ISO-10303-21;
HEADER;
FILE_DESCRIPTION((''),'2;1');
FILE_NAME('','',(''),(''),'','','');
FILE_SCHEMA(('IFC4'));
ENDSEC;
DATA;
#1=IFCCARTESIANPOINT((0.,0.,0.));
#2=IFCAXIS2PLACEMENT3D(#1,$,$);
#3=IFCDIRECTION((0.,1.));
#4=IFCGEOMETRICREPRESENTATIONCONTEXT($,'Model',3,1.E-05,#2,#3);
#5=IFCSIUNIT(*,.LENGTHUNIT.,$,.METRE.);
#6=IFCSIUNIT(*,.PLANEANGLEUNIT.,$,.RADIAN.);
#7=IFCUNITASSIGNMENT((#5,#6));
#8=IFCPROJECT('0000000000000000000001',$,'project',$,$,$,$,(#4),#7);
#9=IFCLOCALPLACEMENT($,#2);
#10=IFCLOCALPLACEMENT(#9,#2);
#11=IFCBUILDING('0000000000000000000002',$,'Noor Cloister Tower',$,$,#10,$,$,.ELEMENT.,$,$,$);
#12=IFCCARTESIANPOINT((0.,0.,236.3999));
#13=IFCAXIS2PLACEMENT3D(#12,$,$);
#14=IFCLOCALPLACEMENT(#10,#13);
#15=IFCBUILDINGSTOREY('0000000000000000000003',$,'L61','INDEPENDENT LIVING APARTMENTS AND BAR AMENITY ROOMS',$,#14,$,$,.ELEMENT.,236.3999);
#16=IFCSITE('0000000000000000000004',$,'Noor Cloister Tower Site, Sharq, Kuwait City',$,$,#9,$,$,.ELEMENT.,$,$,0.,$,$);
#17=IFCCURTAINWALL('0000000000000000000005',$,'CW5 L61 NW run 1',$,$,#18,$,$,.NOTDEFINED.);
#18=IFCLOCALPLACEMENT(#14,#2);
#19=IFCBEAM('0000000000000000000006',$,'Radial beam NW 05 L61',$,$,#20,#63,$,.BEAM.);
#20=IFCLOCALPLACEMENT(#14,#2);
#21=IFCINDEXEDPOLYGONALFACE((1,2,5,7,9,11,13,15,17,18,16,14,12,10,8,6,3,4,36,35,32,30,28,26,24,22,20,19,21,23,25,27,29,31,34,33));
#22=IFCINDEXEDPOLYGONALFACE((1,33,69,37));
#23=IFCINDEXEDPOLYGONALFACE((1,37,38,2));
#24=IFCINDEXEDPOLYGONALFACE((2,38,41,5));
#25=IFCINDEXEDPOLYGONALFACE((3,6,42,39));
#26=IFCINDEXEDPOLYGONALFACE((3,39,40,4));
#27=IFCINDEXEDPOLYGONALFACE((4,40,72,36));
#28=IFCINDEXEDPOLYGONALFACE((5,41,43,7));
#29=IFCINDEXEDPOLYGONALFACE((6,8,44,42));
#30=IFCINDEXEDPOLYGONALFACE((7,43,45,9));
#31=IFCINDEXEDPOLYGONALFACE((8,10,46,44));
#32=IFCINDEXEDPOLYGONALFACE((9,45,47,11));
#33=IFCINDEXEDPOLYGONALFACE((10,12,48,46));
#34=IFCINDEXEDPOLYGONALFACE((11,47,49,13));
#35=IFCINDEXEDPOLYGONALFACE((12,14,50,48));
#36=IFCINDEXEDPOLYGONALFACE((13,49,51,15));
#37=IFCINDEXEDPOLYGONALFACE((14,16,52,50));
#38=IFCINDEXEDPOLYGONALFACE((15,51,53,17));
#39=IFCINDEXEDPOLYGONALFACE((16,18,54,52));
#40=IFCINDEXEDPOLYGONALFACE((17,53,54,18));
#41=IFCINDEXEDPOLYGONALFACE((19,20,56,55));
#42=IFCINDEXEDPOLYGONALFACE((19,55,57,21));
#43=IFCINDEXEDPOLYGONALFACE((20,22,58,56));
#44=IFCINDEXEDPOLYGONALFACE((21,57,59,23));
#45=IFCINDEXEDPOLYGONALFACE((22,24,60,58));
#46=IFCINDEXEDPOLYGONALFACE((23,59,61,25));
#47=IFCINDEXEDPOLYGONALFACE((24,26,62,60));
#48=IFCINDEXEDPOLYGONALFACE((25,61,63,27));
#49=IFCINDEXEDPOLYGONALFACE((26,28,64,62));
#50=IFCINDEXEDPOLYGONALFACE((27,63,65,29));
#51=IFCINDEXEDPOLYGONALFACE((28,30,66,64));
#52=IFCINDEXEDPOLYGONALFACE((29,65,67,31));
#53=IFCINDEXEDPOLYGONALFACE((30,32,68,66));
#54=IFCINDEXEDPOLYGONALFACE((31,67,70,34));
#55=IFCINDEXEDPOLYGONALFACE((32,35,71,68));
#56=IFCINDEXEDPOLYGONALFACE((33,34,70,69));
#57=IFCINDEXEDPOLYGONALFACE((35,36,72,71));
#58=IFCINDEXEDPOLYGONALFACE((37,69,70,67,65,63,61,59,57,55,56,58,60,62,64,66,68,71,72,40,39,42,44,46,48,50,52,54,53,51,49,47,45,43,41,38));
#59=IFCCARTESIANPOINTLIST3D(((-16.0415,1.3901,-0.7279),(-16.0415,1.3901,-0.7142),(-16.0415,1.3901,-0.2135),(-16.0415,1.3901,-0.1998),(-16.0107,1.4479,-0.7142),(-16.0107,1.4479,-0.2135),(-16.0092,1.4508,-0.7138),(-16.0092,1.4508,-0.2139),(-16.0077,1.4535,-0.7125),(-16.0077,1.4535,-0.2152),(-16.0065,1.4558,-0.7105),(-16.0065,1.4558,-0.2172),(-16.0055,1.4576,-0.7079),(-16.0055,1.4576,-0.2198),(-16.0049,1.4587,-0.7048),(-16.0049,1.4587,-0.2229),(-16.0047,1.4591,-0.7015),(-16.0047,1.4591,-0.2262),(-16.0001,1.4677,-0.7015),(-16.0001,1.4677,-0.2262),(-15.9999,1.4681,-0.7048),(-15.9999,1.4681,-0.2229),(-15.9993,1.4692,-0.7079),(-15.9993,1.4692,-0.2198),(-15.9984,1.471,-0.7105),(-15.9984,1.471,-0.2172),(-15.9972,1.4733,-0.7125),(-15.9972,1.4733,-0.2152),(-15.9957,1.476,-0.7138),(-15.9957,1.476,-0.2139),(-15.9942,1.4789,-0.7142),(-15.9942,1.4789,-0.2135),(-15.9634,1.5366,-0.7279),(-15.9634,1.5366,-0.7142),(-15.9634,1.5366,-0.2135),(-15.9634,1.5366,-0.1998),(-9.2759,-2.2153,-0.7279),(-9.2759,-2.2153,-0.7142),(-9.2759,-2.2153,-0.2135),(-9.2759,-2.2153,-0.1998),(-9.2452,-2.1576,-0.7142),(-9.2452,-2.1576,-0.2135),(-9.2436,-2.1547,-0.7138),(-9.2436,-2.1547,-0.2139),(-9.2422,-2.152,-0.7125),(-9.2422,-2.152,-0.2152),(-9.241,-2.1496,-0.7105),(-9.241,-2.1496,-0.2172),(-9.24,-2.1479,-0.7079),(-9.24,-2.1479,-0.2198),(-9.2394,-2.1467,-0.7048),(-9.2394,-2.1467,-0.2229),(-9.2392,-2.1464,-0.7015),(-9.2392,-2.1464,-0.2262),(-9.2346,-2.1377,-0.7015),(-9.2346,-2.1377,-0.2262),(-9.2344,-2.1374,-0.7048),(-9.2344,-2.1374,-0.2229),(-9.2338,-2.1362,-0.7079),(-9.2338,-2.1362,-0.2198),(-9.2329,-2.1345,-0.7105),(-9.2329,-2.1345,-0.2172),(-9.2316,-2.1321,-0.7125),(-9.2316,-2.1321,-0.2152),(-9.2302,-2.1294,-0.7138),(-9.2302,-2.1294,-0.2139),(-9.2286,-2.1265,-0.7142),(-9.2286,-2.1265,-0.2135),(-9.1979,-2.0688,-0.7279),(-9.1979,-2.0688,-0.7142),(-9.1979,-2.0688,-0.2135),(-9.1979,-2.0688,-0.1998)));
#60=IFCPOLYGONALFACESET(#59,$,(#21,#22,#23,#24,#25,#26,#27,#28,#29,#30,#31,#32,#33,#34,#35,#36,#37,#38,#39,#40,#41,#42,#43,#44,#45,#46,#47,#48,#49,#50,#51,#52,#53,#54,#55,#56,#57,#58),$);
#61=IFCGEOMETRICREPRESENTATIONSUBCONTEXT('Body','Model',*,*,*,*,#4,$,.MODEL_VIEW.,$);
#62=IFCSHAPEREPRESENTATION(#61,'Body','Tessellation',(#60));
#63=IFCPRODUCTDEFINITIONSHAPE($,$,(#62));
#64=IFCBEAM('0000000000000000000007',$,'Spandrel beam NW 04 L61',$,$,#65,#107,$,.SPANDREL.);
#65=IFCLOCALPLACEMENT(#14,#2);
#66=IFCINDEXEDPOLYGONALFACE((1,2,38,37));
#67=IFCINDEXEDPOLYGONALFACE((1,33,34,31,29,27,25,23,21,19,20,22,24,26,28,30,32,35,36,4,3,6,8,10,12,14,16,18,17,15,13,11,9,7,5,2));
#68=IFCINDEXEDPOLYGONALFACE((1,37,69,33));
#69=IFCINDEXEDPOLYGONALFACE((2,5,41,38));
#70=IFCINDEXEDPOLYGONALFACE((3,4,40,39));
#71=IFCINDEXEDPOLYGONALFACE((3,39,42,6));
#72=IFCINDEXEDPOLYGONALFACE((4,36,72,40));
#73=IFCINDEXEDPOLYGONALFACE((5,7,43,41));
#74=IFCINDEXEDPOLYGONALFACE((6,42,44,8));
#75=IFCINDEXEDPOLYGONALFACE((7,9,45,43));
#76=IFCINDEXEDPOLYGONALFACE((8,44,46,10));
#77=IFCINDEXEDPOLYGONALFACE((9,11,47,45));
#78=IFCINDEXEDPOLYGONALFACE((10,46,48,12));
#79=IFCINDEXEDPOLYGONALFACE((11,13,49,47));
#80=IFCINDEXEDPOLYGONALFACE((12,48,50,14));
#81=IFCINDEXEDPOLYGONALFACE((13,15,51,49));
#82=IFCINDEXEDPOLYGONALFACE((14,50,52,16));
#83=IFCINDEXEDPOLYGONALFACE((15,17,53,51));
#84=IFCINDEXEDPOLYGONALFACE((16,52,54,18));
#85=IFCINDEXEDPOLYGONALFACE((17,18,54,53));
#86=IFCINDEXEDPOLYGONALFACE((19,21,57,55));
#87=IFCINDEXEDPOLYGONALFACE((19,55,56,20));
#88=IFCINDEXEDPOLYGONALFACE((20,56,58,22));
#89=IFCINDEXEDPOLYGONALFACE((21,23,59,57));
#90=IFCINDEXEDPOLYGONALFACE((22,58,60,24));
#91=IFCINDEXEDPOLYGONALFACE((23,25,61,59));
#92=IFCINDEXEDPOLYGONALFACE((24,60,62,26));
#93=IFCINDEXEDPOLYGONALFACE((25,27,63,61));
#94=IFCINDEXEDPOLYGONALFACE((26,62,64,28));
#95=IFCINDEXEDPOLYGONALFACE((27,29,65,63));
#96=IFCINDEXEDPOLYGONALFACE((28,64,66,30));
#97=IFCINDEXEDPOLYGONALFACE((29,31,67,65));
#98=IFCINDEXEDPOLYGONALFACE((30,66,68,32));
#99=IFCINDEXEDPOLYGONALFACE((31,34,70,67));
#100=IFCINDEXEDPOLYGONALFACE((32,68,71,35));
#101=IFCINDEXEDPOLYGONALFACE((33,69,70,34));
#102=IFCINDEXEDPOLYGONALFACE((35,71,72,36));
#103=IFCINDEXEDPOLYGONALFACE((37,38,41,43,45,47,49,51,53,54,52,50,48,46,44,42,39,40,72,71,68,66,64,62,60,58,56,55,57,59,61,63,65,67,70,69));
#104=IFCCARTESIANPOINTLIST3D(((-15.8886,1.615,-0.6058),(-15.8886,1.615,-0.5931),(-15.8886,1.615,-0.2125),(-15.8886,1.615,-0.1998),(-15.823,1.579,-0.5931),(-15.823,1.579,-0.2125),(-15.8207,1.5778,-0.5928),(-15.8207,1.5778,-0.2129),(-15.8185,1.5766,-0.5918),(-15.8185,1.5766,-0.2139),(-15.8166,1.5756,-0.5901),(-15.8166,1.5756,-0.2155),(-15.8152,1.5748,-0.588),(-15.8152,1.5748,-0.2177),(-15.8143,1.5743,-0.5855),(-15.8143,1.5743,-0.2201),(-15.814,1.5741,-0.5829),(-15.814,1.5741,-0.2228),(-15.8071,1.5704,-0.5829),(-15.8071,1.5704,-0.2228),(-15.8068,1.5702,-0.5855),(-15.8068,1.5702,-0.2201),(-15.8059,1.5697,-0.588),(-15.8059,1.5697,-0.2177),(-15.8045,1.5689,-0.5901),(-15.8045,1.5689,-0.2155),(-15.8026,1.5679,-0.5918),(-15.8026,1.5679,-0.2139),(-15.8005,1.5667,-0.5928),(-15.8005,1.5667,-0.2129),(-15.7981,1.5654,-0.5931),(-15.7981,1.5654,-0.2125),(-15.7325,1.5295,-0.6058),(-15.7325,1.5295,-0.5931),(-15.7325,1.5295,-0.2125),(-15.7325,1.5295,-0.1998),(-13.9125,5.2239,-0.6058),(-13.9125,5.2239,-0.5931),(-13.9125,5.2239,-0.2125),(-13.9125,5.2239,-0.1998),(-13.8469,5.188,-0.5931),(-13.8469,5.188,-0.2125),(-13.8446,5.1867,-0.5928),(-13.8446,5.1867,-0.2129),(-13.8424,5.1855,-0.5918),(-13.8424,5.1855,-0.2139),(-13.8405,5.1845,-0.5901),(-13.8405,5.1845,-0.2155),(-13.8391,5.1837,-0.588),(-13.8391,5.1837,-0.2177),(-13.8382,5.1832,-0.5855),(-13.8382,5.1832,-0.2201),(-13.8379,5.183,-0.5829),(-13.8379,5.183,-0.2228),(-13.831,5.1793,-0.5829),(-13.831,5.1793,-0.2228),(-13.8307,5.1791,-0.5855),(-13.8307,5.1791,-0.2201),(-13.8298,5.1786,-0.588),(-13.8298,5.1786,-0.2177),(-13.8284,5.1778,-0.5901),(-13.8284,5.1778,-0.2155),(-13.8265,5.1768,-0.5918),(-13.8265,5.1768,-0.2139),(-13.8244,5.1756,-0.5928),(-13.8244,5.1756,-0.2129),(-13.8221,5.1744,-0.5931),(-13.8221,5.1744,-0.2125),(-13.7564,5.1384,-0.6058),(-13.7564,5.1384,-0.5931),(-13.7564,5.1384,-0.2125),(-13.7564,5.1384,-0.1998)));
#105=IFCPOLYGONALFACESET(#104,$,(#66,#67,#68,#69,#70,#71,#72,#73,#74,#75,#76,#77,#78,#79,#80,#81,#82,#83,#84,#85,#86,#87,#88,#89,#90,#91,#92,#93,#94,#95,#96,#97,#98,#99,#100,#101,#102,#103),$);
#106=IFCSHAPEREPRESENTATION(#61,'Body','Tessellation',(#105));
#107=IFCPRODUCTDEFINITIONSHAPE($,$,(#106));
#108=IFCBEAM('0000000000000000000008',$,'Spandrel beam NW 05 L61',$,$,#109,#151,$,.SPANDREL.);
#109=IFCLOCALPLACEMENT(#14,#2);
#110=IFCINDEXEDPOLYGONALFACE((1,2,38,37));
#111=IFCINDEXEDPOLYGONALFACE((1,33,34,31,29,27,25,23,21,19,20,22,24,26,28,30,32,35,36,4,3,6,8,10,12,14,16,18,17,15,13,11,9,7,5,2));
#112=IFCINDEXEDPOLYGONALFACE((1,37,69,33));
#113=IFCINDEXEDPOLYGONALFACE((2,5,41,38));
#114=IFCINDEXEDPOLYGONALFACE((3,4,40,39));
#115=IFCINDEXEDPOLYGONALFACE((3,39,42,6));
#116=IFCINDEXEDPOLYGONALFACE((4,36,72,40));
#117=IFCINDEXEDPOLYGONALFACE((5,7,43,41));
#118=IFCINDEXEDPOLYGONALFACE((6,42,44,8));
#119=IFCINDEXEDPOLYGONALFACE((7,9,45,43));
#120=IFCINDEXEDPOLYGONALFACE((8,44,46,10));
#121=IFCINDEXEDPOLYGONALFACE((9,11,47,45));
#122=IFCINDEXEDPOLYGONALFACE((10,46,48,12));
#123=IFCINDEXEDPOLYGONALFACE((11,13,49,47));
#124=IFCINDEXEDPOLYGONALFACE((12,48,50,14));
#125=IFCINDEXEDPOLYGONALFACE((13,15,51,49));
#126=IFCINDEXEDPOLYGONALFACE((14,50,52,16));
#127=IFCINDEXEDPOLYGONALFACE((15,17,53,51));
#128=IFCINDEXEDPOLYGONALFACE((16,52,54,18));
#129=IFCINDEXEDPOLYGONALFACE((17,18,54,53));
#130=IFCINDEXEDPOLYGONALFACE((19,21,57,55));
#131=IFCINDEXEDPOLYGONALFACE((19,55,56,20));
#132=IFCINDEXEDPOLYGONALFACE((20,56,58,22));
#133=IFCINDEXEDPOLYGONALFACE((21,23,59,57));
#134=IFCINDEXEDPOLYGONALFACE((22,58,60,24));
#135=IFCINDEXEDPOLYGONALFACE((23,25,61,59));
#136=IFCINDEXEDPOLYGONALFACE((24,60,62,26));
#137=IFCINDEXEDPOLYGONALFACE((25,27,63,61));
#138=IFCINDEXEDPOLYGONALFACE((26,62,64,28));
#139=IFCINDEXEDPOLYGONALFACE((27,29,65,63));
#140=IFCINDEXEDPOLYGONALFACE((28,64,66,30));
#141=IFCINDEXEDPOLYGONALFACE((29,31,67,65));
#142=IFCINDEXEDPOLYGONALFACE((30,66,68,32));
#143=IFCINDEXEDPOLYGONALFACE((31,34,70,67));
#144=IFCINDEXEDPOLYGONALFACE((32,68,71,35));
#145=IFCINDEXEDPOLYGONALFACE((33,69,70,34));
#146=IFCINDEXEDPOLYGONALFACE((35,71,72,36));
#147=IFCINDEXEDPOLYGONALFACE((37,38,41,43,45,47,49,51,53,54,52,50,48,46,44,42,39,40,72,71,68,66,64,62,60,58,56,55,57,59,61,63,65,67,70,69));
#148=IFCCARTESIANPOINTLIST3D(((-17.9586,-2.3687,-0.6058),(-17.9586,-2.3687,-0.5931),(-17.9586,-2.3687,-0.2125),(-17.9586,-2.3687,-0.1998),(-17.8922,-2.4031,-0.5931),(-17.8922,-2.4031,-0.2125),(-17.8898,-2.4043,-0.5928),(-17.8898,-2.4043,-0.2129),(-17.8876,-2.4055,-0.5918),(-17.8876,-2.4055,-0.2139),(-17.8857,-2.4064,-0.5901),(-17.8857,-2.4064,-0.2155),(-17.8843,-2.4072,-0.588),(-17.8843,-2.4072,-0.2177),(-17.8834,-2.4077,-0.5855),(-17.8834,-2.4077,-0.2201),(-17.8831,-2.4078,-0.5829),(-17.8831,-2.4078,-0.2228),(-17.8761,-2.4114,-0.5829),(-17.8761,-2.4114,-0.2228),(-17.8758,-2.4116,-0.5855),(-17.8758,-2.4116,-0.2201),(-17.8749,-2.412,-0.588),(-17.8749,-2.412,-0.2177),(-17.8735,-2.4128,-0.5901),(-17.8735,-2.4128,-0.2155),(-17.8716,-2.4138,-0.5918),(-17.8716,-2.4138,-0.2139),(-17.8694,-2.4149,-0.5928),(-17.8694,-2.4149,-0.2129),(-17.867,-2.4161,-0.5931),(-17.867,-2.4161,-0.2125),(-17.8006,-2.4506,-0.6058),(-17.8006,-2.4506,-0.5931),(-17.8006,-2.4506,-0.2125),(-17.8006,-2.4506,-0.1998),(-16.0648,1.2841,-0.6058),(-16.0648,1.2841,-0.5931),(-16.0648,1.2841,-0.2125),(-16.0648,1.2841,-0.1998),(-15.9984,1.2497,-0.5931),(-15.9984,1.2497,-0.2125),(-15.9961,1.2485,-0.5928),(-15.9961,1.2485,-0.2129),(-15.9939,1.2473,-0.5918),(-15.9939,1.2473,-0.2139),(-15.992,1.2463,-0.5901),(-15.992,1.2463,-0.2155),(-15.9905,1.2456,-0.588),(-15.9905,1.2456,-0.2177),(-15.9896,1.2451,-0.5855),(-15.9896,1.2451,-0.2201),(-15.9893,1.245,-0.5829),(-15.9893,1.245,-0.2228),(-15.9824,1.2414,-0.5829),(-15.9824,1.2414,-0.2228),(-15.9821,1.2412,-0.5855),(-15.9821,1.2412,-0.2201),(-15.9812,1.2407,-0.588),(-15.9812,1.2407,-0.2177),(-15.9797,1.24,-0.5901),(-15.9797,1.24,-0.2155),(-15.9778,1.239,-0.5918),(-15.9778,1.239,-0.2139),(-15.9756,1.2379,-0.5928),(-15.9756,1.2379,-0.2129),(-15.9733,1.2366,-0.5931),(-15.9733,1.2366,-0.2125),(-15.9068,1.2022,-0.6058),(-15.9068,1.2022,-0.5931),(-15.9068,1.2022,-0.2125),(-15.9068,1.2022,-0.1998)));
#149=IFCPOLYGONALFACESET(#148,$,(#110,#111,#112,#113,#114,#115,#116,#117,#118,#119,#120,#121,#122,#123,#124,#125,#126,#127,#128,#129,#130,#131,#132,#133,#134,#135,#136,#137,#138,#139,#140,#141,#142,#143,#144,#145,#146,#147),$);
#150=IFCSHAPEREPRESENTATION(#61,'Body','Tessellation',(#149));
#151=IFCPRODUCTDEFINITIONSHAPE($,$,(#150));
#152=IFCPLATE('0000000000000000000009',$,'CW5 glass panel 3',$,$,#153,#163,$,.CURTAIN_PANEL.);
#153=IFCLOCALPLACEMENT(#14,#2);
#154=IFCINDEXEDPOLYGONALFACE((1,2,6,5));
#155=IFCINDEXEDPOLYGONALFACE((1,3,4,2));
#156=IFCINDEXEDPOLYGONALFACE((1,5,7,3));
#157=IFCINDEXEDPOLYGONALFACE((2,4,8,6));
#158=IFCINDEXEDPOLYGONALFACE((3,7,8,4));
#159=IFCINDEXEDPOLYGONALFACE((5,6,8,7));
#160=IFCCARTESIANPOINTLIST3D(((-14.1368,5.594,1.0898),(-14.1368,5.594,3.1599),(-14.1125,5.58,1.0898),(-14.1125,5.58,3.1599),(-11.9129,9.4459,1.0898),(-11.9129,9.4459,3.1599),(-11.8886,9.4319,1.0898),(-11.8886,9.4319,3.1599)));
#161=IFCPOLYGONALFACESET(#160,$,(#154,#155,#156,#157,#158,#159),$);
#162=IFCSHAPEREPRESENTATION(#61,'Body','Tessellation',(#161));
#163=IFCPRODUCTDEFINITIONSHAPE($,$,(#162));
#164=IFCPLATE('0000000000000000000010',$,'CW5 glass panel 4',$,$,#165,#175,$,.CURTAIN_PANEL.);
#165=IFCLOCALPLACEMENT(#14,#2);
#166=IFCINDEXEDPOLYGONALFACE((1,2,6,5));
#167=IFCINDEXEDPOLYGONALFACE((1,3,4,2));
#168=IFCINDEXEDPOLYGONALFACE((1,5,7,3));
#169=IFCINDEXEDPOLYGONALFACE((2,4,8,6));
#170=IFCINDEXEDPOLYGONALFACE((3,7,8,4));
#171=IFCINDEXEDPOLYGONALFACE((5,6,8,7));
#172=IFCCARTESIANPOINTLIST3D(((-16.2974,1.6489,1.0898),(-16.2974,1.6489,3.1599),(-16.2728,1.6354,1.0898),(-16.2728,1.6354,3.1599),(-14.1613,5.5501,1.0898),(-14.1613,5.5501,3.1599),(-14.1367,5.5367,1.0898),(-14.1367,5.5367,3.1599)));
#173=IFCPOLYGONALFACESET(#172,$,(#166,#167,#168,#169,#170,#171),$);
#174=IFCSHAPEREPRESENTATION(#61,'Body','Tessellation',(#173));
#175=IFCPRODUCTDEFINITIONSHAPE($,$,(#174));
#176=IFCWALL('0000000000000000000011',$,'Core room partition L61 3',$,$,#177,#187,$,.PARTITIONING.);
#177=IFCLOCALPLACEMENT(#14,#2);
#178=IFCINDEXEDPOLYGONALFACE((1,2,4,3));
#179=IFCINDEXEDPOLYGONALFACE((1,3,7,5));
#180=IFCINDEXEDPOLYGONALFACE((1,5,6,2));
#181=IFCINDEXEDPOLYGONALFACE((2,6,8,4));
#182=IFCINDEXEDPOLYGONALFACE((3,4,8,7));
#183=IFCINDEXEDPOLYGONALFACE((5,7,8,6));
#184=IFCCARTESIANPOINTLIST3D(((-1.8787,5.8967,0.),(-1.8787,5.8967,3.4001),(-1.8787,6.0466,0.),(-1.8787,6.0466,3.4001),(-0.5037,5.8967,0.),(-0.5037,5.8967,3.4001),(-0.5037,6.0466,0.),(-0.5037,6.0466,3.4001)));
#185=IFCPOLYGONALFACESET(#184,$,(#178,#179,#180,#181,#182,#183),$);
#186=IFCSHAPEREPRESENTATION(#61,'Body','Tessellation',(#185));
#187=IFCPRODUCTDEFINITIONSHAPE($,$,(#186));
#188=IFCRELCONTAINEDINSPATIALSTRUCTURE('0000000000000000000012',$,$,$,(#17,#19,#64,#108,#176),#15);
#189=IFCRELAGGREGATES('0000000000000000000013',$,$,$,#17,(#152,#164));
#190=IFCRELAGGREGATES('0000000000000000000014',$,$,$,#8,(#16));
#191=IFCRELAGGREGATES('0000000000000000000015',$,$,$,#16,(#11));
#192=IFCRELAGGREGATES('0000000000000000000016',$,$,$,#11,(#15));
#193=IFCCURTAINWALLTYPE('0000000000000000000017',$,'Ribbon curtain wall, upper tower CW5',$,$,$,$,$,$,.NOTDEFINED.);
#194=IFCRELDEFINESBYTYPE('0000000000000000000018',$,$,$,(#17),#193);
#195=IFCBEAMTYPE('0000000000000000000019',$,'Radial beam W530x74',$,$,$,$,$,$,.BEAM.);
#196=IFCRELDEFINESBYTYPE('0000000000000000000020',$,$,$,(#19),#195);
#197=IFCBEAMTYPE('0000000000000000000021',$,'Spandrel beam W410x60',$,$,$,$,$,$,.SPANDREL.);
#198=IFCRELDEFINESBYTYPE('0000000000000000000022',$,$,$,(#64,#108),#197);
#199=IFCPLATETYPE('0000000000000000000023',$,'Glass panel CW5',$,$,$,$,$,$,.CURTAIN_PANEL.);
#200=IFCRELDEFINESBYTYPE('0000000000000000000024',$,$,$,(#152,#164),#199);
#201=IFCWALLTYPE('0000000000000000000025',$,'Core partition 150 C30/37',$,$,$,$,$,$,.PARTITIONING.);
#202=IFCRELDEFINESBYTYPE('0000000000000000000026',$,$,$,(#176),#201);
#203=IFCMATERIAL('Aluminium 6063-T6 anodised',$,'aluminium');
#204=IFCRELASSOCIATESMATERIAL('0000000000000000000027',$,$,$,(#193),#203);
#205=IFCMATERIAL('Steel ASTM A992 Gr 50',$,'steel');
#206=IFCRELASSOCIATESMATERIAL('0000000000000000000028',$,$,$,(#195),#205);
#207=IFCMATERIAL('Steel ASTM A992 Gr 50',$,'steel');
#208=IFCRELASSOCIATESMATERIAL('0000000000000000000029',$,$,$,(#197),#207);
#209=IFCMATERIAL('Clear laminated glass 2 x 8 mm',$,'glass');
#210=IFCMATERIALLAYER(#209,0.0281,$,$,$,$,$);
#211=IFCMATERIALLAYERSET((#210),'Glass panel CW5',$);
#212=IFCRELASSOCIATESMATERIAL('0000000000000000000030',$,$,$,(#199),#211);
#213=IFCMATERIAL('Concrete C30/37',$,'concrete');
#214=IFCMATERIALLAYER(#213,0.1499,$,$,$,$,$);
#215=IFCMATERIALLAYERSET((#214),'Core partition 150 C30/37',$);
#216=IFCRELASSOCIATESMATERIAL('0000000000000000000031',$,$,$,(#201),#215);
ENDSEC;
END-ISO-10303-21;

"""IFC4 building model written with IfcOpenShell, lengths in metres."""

from ifc_helpers import new_model, si_unit, direction, frame, frame_2d, origin, origin_2d, place, context, subcontext, project, spatial, rectangle, i_section, extrude, material, layer, layer_set, material_profile, profile_set, type_object, element, aggregate, save


model = new_model("IFC4")

# Units and contexts
model_context = context("Model", 3, precision=1e-05, world=origin(), true_north=direction((0.0, 1.0)))
body_context = subcontext(model_context, "Body", "Model", "MODEL_VIEW")
ifc_project = project(units=[si_unit("LENGTHUNIT", "METRE"), si_unit("PLANEANGLEUNIT", "RADIAN")], contexts=[model_context])

# Site, building, storey
site_placement = place(None, origin())
site = spatial("IfcSite", under=ifc_project, at=site_placement, Name="Noor Cloister Tower Site, Sharq, Kuwait City", CompositionType="ELEMENT", RefElevation=0.0)
building_placement = place(site_placement, origin())
building = spatial("IfcBuilding", under=site, at=building_placement, Name="Noor Cloister Tower", CompositionType="ELEMENT")
storey_placement = place(building_placement, frame((0.0, 0.0, 236.3999)))
storey = spatial("IfcBuildingStorey", under=building, at=storey_placement, Name="L61", Description="INDEPENDENT LIVING APARTMENTS AND BAR AMENITY ROOMS", CompositionType="ELEMENT", Elevation=236.3999)

# Curtain wall
ifc_material_1 = material(Name="Aluminium 6063-T6 anodised", Category="aluminium")
curtain_wall_type = type_object("IfcCurtainWallType", Name="Ribbon curtain wall, upper tower CW5", PredefinedType="NOTDEFINED", material=ifc_material_1)
curtain_wall_placement = place(storey_placement, origin())
curtain_wall = element("IfcCurtainWall", 1, at=curtain_wall_placement, inside=storey, type_object=curtain_wall_type, Name="CW5 L61 NW run 1", PredefinedType="NOTDEFINED")

# Beams
ifc_material_2 = material(Name="Steel ASTM A992 Gr 50", Category="steel")
ifc_material_profile_1 = material_profile(ifc_material_2, i_section(OverallWidth=0.166, OverallDepth=0.5281, WebThickness=0.0098, FlangeThickness=0.0137, FilletRadius=0.0127, at=origin_2d()), Name="W530x74")
ifc_profile_set_1 = profile_set([ifc_material_profile_1], Name="Steel ASTM A992 Gr 50")
beam_type_1 = type_object("IfcBeamType", Name="Radial beam W530x74", PredefinedType="BEAM", material=ifc_profile_set_1)
beam_1_placement = place(storey_placement, frame((-16.0024, 1.4634, -0.4639), z_axis=(0.882508, -0.470297, 0.0), x_axis=(0.470297, 0.882508, 0.0)))
element("IfcBeam", 2, at=beam_1_placement, inside=storey, type_object=beam_type_1, Name="Radial beam NW 05 L61", PredefinedType="BEAM", context=body_context, shape_type="SweptSolid", body=[
    extrude(i_section(OverallWidth=0.166, OverallDepth=0.5281, WebThickness=0.0098, FlangeThickness=0.0137, FilletRadius=0.0127, at=origin_2d()), origin(), (0.0, 0.0, 1.0), 7.6663),
])
ifc_material_3 = material(Name="Steel ASTM A992 Gr 50", Category="steel")
ifc_material_profile_2 = material_profile(ifc_material_3, i_section(OverallWidth=0.178, OverallDepth=0.406, WebThickness=0.0078, FlangeThickness=0.0127, FilletRadius=0.0103, at=origin_2d()), Name="W410x60")
ifc_profile_set_2 = profile_set([ifc_material_profile_2], Name="Steel ASTM A992 Gr 50")
beam_type_2 = type_object("IfcBeamType", Name="Spandrel beam W410x60", PredefinedType="SPANDREL", material=ifc_profile_set_2)
for number, where, z_axis, x_axis, name in (
    (3, (-13.8345, 5.1812, -0.4028), (-0.480273, -0.877119, 0.0), (0.877119, -0.480273, 0.0), "Spandrel beam NW 04 L61"),
    (4, (-15.9858, 1.2432, -0.4028), (-0.460267, -0.887781, 0.0), (0.887781, -0.460267, 0.0), "Spandrel beam NW 05 L61"),
):
    element("IfcBeam", number, at=place(storey_placement, frame(where, z_axis=z_axis, x_axis=x_axis)), inside=storey, type_object=beam_type_2, Name=name, PredefinedType="SPANDREL", context=body_context, shape_type="SweptSolid", body=[
        extrude(i_section(OverallWidth=0.178, OverallDepth=0.406, WebThickness=0.0078, FlangeThickness=0.0127, FilletRadius=0.0103, at=origin_2d()), origin(), (0.0, 0.0, 1.0), 4.1145),
    ])

# Plates
ifc_material_4 = material(Name="Clear laminated glass 2 x 8 mm", Category="glass")
ifc_layer_1 = layer(ifc_material_4, 0.0281)
ifc_layer_set_1 = layer_set([ifc_layer_1], Name="Glass panel CW5")
plate_type = type_object("IfcPlateType", Name="Glass panel CW5", PredefinedType="CURTAIN_PANEL", material=ifc_layer_set_1)
plate_1_placement = place(storey_placement, frame((-13.0127, 7.5129, 1.0898), z_axis=(0.0, 0.0, 1.0), x_axis=(-0.5, -0.866025, 0.0)))
plate_1 = element("IfcPlate", 5, at=plate_1_placement, type_object=plate_type, Name="CW5 glass panel 3", PredefinedType="CURTAIN_PANEL", context=body_context, shape_type="SweptSolid", body=[
    extrude(rectangle(XDim=4.4478, YDim=0.0281, at=origin_2d()), origin(), (0.0, 0.0, 1.0), 2.0701),
])
plate_2_placement = place(storey_placement, frame((-15.217, 3.5928, 1.0898), z_axis=(0.0, 0.0, 1.0), x_axis=(-0.480257, -0.877128, 0.0)))
plate_2 = element("IfcPlate", 6, at=plate_2_placement, type_object=plate_type, Name="CW5 glass panel 4", PredefinedType="CURTAIN_PANEL", context=body_context, shape_type="SweptSolid", body=[
    extrude(rectangle(XDim=4.4478, YDim=0.0281, at=origin_2d()), origin(), (0.0, 0.0, 1.0), 2.0701),
])
aggregate(curtain_wall, [plate_1, plate_2])

# Wall
ifc_material_5 = material(Name="Concrete C30/37", Category="concrete")
ifc_layer_2 = layer(ifc_material_5, 0.1499)
ifc_layer_set_2 = layer_set([ifc_layer_2], Name="Core partition 150 C30/37")
wall_type_1 = type_object("IfcWallType", Name="Core partition 150 C30/37", PredefinedType="PARTITIONING", material=ifc_layer_set_2)
wall_1_placement = place(storey_placement, frame((-1.8787, 5.9717, 0.0), z_axis=(0.0, 0.0, 1.0), x_axis=(1.0, 0.0, 0.0)))
element("IfcWall", 7, at=wall_1_placement, inside=storey, type_object=wall_type_1, Name="Core room partition L61 3", PredefinedType="PARTITIONING", context=body_context, shape_type="SweptSolid", body=[
    extrude(rectangle(XDim=1.375, YDim=0.1499, at=frame_2d((0.6875, 0.0))), origin(), (0.0, 0.0, 1.0), 3.4001),
])

save(model, "model.ifc")
